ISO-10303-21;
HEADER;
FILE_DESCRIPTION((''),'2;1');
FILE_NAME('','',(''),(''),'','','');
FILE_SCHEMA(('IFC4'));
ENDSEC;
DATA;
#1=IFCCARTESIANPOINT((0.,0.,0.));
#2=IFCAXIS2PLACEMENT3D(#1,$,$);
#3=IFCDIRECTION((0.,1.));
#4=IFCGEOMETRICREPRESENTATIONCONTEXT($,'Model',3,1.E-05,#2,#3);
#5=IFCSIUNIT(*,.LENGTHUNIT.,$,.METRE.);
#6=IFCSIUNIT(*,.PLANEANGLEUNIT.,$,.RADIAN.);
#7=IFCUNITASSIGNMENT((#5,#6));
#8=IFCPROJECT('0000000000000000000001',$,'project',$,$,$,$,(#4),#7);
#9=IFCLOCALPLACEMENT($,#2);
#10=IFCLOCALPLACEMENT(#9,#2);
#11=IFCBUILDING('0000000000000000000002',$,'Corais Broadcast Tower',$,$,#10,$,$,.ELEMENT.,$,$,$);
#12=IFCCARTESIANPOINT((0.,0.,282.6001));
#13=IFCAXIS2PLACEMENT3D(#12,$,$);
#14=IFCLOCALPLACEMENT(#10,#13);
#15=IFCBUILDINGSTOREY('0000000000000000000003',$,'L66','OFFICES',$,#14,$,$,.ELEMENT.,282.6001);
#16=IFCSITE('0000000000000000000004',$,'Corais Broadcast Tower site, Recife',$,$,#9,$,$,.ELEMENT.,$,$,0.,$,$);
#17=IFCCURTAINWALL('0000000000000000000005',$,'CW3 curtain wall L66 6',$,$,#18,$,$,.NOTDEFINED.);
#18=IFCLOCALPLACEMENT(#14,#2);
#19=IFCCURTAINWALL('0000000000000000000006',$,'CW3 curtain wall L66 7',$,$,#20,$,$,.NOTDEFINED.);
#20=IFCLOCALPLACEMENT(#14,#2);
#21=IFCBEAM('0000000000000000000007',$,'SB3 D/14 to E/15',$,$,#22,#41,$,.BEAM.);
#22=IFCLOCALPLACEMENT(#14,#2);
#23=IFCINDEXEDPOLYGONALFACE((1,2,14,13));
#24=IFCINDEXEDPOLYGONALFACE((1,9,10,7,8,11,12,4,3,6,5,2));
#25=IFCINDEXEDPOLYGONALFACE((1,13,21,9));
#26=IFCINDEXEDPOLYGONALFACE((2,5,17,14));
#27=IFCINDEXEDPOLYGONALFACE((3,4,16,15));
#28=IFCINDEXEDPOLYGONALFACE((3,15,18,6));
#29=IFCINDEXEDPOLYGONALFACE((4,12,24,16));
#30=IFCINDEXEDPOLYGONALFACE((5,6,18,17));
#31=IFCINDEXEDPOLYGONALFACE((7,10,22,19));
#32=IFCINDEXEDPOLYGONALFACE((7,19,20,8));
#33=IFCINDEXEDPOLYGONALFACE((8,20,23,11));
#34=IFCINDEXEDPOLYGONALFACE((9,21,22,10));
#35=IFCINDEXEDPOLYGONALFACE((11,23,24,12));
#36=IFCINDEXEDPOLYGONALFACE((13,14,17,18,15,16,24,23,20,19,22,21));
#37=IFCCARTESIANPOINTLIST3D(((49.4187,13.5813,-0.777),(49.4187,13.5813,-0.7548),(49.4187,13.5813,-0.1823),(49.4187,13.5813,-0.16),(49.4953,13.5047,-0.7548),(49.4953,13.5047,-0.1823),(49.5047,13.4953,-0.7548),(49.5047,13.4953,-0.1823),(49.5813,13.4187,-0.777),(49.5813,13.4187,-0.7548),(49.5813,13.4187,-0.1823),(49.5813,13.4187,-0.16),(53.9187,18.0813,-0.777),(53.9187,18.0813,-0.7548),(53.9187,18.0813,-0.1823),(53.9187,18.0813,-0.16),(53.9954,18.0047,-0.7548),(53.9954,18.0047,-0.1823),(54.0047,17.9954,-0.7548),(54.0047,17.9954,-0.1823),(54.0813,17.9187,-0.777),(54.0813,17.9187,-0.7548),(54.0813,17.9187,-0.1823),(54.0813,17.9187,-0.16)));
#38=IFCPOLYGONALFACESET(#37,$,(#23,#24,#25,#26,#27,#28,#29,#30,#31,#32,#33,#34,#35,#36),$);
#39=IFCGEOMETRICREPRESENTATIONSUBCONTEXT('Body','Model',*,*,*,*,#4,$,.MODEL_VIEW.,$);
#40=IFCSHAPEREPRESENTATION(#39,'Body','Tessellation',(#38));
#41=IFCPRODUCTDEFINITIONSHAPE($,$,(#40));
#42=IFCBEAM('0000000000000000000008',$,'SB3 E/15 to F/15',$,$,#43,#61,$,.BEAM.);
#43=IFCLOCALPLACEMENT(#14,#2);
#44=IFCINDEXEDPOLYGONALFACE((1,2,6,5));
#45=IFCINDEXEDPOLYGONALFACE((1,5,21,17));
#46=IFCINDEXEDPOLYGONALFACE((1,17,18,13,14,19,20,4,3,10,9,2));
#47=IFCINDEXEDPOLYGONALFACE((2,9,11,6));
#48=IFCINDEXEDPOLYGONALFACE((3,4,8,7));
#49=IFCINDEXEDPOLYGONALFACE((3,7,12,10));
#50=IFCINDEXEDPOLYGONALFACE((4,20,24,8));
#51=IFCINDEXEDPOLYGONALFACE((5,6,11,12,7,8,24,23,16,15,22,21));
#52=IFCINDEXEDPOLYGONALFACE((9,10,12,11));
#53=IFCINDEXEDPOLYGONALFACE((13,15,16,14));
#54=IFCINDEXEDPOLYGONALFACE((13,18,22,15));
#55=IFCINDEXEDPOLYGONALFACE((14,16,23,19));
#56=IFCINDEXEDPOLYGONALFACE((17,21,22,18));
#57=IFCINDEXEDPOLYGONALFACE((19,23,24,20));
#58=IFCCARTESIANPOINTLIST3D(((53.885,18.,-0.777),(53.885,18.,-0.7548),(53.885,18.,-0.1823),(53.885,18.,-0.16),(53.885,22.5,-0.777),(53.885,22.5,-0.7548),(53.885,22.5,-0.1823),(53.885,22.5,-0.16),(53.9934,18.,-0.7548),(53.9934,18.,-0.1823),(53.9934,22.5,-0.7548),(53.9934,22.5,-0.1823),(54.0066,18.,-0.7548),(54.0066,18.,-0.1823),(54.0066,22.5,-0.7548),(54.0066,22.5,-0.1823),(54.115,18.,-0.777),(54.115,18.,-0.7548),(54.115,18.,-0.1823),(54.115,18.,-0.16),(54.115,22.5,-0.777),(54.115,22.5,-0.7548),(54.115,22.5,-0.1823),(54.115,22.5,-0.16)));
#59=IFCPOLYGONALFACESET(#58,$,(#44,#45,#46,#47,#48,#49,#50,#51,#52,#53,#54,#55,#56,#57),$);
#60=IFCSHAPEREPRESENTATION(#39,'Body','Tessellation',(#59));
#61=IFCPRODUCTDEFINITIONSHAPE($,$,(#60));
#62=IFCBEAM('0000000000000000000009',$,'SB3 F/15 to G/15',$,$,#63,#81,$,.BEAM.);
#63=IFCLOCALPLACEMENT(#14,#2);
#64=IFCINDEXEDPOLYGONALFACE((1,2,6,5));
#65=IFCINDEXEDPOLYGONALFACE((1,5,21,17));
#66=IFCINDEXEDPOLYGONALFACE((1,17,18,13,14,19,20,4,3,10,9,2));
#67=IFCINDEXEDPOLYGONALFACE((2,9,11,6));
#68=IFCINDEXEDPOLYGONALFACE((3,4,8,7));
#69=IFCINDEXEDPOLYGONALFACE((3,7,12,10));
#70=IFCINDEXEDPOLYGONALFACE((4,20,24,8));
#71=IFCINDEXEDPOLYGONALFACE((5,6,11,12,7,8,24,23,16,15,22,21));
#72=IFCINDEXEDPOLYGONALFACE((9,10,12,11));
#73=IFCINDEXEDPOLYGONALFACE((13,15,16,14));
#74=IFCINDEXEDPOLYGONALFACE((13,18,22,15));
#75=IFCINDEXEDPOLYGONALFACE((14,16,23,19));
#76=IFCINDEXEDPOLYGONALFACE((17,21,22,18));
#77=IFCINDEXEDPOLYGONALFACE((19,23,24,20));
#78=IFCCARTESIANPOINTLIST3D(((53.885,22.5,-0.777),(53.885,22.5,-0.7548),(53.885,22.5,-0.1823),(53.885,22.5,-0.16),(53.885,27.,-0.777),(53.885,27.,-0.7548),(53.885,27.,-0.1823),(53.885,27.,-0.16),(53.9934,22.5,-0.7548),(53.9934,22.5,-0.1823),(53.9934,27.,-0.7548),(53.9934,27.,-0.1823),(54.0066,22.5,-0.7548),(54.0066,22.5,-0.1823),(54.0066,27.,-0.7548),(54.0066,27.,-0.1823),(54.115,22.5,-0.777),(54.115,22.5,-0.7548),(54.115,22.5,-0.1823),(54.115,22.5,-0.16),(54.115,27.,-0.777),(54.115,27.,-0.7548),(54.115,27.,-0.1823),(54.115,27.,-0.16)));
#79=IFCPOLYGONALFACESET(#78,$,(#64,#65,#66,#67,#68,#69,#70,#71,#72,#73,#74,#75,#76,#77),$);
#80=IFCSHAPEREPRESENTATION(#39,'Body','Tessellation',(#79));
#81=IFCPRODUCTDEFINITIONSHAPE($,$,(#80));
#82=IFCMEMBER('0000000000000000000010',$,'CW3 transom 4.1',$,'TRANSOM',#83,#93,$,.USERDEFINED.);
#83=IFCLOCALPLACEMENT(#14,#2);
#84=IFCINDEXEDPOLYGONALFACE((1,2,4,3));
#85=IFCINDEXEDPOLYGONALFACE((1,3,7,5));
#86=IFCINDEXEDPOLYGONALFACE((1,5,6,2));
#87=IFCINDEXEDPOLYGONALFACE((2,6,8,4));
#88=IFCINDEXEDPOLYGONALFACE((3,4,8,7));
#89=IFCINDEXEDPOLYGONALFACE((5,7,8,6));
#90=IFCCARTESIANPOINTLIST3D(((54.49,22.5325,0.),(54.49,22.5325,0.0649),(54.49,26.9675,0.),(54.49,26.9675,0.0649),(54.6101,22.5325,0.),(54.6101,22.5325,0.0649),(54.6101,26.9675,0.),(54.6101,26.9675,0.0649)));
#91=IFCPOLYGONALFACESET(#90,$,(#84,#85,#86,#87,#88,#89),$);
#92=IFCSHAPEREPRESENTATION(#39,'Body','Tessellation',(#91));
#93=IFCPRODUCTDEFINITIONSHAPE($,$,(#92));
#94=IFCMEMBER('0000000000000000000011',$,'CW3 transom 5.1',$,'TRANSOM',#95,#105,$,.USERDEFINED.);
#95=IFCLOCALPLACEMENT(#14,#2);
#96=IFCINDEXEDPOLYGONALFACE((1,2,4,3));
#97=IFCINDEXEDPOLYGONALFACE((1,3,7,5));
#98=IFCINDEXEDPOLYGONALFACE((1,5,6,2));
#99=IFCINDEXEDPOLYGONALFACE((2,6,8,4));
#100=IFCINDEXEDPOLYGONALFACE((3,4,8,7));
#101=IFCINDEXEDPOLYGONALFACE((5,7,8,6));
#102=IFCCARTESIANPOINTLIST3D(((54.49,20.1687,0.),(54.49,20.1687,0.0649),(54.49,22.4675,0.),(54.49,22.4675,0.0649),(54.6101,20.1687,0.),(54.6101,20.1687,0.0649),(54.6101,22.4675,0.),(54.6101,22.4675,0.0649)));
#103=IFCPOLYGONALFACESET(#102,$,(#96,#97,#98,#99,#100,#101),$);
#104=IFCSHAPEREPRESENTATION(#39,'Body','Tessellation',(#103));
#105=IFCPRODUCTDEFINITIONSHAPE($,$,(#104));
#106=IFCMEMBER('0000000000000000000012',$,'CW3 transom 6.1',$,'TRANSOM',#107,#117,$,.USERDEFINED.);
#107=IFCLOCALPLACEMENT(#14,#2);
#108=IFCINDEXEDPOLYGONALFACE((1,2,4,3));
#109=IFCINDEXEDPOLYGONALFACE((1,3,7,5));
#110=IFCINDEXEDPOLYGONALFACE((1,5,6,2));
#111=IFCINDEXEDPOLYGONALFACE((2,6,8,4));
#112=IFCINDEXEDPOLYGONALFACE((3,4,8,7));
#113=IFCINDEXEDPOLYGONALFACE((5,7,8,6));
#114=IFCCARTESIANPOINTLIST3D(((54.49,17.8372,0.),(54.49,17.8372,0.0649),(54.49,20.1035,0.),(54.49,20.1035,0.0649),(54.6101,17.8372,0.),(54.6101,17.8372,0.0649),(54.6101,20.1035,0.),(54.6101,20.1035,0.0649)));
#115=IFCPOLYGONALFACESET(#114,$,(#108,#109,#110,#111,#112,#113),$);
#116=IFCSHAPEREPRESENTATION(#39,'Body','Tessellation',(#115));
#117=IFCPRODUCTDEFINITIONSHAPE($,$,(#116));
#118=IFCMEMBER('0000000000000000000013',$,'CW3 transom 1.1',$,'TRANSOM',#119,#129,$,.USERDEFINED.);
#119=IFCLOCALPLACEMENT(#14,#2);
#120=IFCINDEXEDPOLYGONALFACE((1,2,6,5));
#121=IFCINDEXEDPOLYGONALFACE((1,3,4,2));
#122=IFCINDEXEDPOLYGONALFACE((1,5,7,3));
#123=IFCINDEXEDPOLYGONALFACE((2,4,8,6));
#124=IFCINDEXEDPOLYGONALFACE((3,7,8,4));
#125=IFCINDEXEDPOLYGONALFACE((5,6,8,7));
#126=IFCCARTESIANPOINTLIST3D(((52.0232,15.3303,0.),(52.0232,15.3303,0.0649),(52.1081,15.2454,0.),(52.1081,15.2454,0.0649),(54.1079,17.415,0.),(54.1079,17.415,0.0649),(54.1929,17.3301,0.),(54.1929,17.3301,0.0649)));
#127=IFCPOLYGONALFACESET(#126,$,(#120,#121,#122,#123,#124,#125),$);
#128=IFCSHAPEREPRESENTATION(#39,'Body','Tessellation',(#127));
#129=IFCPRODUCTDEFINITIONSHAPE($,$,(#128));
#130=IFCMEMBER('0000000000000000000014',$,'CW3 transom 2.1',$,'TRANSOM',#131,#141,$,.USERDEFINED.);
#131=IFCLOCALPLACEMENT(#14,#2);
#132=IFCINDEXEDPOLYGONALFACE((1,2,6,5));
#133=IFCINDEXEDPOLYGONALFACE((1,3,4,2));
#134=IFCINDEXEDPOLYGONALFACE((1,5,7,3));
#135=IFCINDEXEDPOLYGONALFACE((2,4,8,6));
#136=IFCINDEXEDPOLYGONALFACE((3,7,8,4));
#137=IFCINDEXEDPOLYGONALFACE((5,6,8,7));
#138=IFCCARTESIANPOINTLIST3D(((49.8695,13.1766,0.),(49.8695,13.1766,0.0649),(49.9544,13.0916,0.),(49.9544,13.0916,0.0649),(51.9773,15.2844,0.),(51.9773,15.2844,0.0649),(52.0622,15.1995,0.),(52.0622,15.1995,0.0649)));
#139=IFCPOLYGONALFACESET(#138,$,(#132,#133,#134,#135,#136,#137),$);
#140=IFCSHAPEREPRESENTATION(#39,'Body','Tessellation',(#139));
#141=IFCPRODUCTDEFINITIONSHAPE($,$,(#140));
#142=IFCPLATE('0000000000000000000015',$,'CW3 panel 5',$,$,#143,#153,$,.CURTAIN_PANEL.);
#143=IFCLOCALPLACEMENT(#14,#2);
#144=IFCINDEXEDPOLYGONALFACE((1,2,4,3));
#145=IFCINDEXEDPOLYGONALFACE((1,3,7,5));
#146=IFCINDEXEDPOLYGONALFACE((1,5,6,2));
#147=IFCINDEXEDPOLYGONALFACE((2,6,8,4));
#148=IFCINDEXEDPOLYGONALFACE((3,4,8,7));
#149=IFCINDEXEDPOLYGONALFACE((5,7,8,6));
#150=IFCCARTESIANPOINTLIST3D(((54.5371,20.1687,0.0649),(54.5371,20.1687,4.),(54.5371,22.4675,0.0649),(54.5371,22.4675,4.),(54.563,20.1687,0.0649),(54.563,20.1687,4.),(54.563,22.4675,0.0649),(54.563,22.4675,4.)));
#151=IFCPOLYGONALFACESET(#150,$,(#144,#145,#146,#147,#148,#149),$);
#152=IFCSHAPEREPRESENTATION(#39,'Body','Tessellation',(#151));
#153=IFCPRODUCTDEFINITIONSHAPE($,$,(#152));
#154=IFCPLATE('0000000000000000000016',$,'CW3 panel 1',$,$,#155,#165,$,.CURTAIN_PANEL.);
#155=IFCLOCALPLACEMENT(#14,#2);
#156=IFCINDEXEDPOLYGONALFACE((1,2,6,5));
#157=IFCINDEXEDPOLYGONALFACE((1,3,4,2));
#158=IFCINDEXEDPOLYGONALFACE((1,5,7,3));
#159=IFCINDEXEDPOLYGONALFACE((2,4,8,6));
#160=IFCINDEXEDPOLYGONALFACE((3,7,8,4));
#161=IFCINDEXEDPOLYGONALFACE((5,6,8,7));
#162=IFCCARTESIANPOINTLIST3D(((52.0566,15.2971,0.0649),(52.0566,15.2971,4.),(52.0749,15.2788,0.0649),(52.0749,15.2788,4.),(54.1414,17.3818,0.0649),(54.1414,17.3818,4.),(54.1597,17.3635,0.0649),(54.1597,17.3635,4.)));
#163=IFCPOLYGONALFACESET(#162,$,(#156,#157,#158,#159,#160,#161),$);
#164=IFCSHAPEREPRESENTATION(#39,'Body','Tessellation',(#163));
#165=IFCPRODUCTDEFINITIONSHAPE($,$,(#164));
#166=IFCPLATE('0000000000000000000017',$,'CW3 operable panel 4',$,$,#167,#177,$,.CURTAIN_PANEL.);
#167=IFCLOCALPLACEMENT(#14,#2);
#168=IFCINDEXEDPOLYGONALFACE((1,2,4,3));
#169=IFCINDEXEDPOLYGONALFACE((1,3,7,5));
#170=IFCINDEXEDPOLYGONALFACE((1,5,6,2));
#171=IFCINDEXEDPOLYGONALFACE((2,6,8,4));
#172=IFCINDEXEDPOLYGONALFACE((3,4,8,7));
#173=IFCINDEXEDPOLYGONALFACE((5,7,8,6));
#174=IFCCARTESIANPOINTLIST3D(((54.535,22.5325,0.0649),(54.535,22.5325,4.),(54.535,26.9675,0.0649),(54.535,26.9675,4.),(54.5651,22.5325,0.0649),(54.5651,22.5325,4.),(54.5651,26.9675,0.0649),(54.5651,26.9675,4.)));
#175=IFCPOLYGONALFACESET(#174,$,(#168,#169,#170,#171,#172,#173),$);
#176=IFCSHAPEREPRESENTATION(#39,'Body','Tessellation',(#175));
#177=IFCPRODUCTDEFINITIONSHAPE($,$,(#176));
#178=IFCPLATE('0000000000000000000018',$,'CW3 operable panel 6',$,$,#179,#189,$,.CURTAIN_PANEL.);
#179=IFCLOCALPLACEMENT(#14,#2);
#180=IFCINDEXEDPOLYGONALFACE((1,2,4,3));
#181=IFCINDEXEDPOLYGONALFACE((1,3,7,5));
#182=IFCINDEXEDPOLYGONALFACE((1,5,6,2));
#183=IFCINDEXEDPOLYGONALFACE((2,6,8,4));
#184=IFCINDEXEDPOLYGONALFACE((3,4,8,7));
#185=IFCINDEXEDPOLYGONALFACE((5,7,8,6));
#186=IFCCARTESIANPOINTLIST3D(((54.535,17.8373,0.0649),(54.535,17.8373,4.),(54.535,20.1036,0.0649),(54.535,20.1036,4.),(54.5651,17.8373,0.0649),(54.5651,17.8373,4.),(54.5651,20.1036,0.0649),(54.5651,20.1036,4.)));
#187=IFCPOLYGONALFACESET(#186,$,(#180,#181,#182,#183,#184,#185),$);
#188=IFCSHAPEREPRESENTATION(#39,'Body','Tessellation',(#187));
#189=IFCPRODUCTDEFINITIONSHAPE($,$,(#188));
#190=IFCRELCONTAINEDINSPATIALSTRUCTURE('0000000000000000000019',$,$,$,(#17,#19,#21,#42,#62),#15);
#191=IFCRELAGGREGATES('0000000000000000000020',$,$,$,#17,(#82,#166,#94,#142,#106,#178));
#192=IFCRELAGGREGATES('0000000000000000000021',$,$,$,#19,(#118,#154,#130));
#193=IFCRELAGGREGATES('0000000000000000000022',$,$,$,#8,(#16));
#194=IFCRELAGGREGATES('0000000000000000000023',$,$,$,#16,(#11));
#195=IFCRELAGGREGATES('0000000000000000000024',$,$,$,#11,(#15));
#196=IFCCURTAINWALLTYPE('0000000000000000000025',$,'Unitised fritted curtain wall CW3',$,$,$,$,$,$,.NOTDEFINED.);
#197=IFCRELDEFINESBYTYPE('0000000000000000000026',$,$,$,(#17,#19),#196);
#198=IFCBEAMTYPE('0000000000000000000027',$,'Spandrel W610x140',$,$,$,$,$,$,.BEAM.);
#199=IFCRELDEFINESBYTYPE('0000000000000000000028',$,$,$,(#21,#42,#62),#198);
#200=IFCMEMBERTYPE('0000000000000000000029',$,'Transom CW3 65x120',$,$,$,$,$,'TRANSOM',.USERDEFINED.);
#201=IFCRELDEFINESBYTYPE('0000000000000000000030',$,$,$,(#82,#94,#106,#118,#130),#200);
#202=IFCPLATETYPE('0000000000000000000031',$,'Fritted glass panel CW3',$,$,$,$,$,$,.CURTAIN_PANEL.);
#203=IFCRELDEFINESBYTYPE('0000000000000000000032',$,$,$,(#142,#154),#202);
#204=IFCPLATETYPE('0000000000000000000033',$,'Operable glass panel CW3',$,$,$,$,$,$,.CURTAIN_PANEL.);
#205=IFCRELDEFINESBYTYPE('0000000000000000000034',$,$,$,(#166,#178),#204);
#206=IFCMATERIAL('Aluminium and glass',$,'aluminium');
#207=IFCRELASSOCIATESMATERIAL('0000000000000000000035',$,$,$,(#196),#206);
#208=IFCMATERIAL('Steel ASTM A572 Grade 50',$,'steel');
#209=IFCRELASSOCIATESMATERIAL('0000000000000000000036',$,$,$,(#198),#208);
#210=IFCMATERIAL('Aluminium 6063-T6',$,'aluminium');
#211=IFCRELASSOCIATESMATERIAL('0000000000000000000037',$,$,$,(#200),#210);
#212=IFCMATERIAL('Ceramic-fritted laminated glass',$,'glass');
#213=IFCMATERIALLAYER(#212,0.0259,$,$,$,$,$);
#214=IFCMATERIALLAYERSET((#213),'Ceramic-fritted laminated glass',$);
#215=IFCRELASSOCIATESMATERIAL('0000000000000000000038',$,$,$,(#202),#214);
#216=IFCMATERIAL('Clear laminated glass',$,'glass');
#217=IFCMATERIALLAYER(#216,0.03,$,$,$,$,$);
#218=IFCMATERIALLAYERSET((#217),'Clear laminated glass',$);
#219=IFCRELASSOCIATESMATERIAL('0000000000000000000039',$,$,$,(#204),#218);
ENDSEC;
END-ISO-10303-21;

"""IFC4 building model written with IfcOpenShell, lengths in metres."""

from ifc_helpers import new_model, si_unit, direction, frame, origin, origin_2d, place, context, subcontext, project, spatial, rectangle, i_section, extrude, material, layer, layer_set, material_profile, profile_set, type_object, element, aggregate, save


model = new_model("IFC4")

# Units and contexts
model_context = context("Model", 3, precision=1e-05, world=origin(), true_north=direction((0.0, 1.0)))
body_context = subcontext(model_context, "Body", "Model", "MODEL_VIEW")
ifc_project = project(units=[si_unit("LENGTHUNIT", "METRE"), si_unit("PLANEANGLEUNIT", "RADIAN")], contexts=[model_context])

# Site, building, storey
site_placement = place(None, origin())
site = spatial("IfcSite", under=ifc_project, at=site_placement, Name="Corais Broadcast Tower site, Recife", CompositionType="ELEMENT", RefElevation=0.0)
building_placement = place(site_placement, origin())
building = spatial("IfcBuilding", under=site, at=building_placement, Name="Corais Broadcast Tower", CompositionType="ELEMENT")
storey_placement = place(building_placement, frame((0.0, 0.0, 282.6001)))
storey = spatial("IfcBuildingStorey", under=building, at=storey_placement, Name="L66", Description="OFFICES", CompositionType="ELEMENT", Elevation=282.6001)

# Curtain walls
ifc_material_1 = material(Name="Aluminium and glass", Category="aluminium")
curtain_wall_type = type_object("IfcCurtainWallType", Name="Unitised fritted curtain wall CW3", PredefinedType="NOTDEFINED", material=ifc_material_1)
curtain_wall_1_placement = place(storey_placement, origin())
curtain_wall_1 = element("IfcCurtainWall", 1, at=curtain_wall_1_placement, inside=storey, type_object=curtain_wall_type, Name="CW3 curtain wall L66 6", PredefinedType="NOTDEFINED")
curtain_wall_2_placement = place(storey_placement, origin())
curtain_wall_2 = element("IfcCurtainWall", 2, at=curtain_wall_2_placement, inside=storey, type_object=curtain_wall_type, Name="CW3 curtain wall L66 7", PredefinedType="NOTDEFINED")

# Beams
ifc_material_2 = material(Name="Steel ASTM A572 Grade 50", Category="steel")
ifc_material_profile_1 = material_profile(ifc_material_2, i_section(OverallWidth=0.23, OverallDepth=0.6169, WebThickness=0.0132, FlangeThickness=0.0222, at=origin_2d()), Name="W610x140")
ifc_profile_set_1 = profile_set([ifc_material_profile_1], Name="Steel ASTM A572 Grade 50")
beam_type_1 = type_object("IfcBeamType", Name="Spandrel W610x140", PredefinedType="BEAM", material=ifc_profile_set_1)
beam_1_placement = place(storey_placement, frame((49.5, 13.5, -0.4685), z_axis=(0.707107, 0.707107, 0.0), x_axis=(-0.707107, 0.707107, 0.0)))
element("IfcBeam", 3, at=beam_1_placement, inside=storey, type_object=beam_type_1, Name="SB3 D/14 to E/15", PredefinedType="BEAM", context=body_context, shape_type="SweptSolid", body=[
    extrude(i_section(OverallWidth=0.23, OverallDepth=0.6169, WebThickness=0.0132, FlangeThickness=0.0222, at=origin_2d()), origin(), (0.0, 0.0, 1.0), 6.364),
])
for number, where, z_axis, x_axis, name in (
    (4, (54.0, 18.0, -0.4685), (0.0, 1.0, 0.0), (-1.0, 0.0, 0.0), "SB3 E/15 to F/15"),
    (5, (54.0, 22.5, -0.4685), (0.0, 1.0, 0.0), (-1.0, 0.0, 0.0), "SB3 F/15 to G/15"),
):
    element("IfcBeam", number, at=place(storey_placement, frame(where, z_axis=z_axis, x_axis=x_axis)), inside=storey, type_object=beam_type_1, Name=name, PredefinedType="BEAM", context=body_context, shape_type="SweptSolid", body=[
        extrude(i_section(OverallWidth=0.23, OverallDepth=0.6169, WebThickness=0.0132, FlangeThickness=0.0222, at=origin_2d()), origin(), (0.0, 0.0, 1.0), 4.5),
    ])

# Members
ifc_material_3 = material(Name="Aluminium 6063-T6", Category="aluminium")
ifc_material_profile_2 = material_profile(ifc_material_3, rectangle(XDim=0.1201, YDim=0.0649, at=origin_2d()), Name="Transom CW3 65x120")
ifc_profile_set_2 = profile_set([ifc_material_profile_2], Name="Aluminium 6063-T6")
member_type_1 = type_object("IfcMemberType", Name="Transom CW3 65x120", ElementType="TRANSOM", PredefinedType="USERDEFINED", material=ifc_profile_set_2)
member_1_placement = place(storey_placement, frame((54.55, 26.9675, 0.0325), z_axis=(0.0, -1.0, 0.0), x_axis=(1.0, 0.0, 0.0)))
member_1 = element("IfcMember", 6, at=member_1_placement, type_object=member_type_1, Name="CW3 transom 4.1", ObjectType="TRANSOM", PredefinedType="USERDEFINED", context=body_context, shape_type="SweptSolid", body=[
    extrude(rectangle(XDim=0.1201, YDim=0.0649, at=origin_2d()), origin(), (0.0, 0.0, 1.0), 4.4351),
])
member_2_placement = place(storey_placement, frame((54.55, 22.4675, 0.0325), z_axis=(0.0, -1.0, 0.0), x_axis=(1.0, 0.0, 0.0)))
member_2 = element("IfcMember", 7, at=member_2_placement, type_object=member_type_1, Name="CW3 transom 5.1", ObjectType="TRANSOM", PredefinedType="USERDEFINED", context=body_context, shape_type="SweptSolid", body=[
    extrude(rectangle(XDim=0.1201, YDim=0.0649, at=origin_2d()), origin(), (0.0, 0.0, 1.0), 2.2988),
])
member_3_placement = place(storey_placement, frame((54.55, 20.1035, 0.0325), z_axis=(0.0, -1.0, 0.0), x_axis=(1.0, 0.0, 0.0)))
member_3 = element("IfcMember", 8, at=member_3_placement, type_object=member_type_1, Name="CW3 transom 6.1", ObjectType="TRANSOM", PredefinedType="USERDEFINED", context=body_context, shape_type="SweptSolid", body=[
    extrude(rectangle(XDim=0.1201, YDim=0.0649, at=origin_2d()), origin(), (0.0, 0.0, 1.0), 2.2664),
])
member_4_placement = place(storey_placement, frame((54.1504, 17.3726, 0.0325), z_axis=(-0.707107, -0.707107, 0.0), x_axis=(0.707107, -0.707107, 0.0)))
member_4 = element("IfcMember", 9, at=member_4_placement, type_object=member_type_1, Name="CW3 transom 1.1", ObjectType="TRANSOM", PredefinedType="USERDEFINED", context=body_context, shape_type="SweptSolid", body=[
    extrude(rectangle(XDim=0.1201, YDim=0.0649, at=origin_2d()), origin(), (0.0, 0.0, 1.0), 2.9482),
])
member_5_placement = place(storey_placement, frame((52.0198, 15.2419, 0.0325), z_axis=(-0.707107, -0.707107, 0.0), x_axis=(0.707107, -0.707107, 0.0)))
member_5 = element("IfcMember", 10, at=member_5_placement, type_object=member_type_1, Name="CW3 transom 2.1", ObjectType="TRANSOM", PredefinedType="USERDEFINED", context=body_context, shape_type="SweptSolid", body=[
    extrude(rectangle(XDim=0.1201, YDim=0.0649, at=origin_2d()), origin(), (0.0, 0.0, 1.0), 2.981),
])

# Plates
ifc_material_4 = material(Name="Ceramic-fritted laminated glass", Category="glass")
ifc_layer_1 = layer(ifc_material_4, 0.0259)
ifc_layer_set_1 = layer_set([ifc_layer_1], Name="Ceramic-fritted laminated glass")
plate_type_1 = type_object("IfcPlateType", Name="Fritted glass panel CW3", PredefinedType="CURTAIN_PANEL", material=ifc_layer_set_1)
plate_1_placement = place(storey_placement, frame((54.55, 21.3181, 0.0649), z_axis=(0.0, 0.0, 1.0), x_axis=(0.0, -1.0, 0.0)))
plate_1 = element("IfcPlate", 11, at=plate_1_placement, type_object=plate_type_1, Name="CW3 panel 5", PredefinedType="CURTAIN_PANEL", context=body_context, shape_type="SweptSolid", body=[
    extrude(rectangle(XDim=2.2988, YDim=0.0259, at=origin_2d()), origin(), (0.0, 0.0, 1.0), 3.9351),
])
plate_2_placement = place(storey_placement, frame((53.1082, 16.3303, 0.0649), z_axis=(0.0, 0.0, 1.0), x_axis=(-0.707107, -0.707107, 0.0)))
plate_2 = element("IfcPlate", 12, at=plate_2_placement, type_object=plate_type_1, Name="CW3 panel 1", PredefinedType="CURTAIN_PANEL", context=body_context, shape_type="SweptSolid", body=[
    extrude(rectangle(XDim=2.9482, YDim=0.0259, at=origin_2d()), origin(), (0.0, 0.0, 1.0), 3.9351),
])
ifc_material_5 = material(Name="Clear laminated glass", Category="glass")
ifc_layer_2 = layer(ifc_material_5, 0.03)
ifc_layer_set_2 = layer_set([ifc_layer_2], Name="Clear laminated glass")
plate_type_2 = type_object("IfcPlateType", Name="Operable glass panel CW3", PredefinedType="CURTAIN_PANEL", material=ifc_layer_set_2)
plate_3_placement = place(storey_placement, frame((54.55, 24.75, 0.0649), z_axis=(0.0, 0.0, 1.0), x_axis=(0.0, -1.0, 0.0)))
plate_3 = element("IfcPlate", 13, at=plate_3_placement, type_object=plate_type_2, Name="CW3 operable panel 4", PredefinedType="CURTAIN_PANEL", context=body_context, shape_type="SweptSolid", body=[
    extrude(rectangle(XDim=4.4351, YDim=0.03, at=origin_2d()), origin(), (0.0, 0.0, 1.0), 3.9351),
])
plate_4_placement = place(storey_placement, frame((54.55, 18.9705, 0.0649), z_axis=(0.0, 0.0, 1.0), x_axis=(0.0, -1.0, 0.0)))
plate_4 = element("IfcPlate", 14, at=plate_4_placement, type_object=plate_type_2, Name="CW3 operable panel 6", PredefinedType="CURTAIN_PANEL", context=body_context, shape_type="SweptSolid", body=[
    extrude(rectangle(XDim=2.2664, YDim=0.03, at=origin_2d()), origin(), (0.0, 0.0, 1.0), 3.9351),
])
aggregate(curtain_wall_1, [member_1, plate_3, member_2, plate_1, member_3, plate_4])
aggregate(curtain_wall_2, [member_4, plate_2, member_5])

save(model, "model.ifc")
